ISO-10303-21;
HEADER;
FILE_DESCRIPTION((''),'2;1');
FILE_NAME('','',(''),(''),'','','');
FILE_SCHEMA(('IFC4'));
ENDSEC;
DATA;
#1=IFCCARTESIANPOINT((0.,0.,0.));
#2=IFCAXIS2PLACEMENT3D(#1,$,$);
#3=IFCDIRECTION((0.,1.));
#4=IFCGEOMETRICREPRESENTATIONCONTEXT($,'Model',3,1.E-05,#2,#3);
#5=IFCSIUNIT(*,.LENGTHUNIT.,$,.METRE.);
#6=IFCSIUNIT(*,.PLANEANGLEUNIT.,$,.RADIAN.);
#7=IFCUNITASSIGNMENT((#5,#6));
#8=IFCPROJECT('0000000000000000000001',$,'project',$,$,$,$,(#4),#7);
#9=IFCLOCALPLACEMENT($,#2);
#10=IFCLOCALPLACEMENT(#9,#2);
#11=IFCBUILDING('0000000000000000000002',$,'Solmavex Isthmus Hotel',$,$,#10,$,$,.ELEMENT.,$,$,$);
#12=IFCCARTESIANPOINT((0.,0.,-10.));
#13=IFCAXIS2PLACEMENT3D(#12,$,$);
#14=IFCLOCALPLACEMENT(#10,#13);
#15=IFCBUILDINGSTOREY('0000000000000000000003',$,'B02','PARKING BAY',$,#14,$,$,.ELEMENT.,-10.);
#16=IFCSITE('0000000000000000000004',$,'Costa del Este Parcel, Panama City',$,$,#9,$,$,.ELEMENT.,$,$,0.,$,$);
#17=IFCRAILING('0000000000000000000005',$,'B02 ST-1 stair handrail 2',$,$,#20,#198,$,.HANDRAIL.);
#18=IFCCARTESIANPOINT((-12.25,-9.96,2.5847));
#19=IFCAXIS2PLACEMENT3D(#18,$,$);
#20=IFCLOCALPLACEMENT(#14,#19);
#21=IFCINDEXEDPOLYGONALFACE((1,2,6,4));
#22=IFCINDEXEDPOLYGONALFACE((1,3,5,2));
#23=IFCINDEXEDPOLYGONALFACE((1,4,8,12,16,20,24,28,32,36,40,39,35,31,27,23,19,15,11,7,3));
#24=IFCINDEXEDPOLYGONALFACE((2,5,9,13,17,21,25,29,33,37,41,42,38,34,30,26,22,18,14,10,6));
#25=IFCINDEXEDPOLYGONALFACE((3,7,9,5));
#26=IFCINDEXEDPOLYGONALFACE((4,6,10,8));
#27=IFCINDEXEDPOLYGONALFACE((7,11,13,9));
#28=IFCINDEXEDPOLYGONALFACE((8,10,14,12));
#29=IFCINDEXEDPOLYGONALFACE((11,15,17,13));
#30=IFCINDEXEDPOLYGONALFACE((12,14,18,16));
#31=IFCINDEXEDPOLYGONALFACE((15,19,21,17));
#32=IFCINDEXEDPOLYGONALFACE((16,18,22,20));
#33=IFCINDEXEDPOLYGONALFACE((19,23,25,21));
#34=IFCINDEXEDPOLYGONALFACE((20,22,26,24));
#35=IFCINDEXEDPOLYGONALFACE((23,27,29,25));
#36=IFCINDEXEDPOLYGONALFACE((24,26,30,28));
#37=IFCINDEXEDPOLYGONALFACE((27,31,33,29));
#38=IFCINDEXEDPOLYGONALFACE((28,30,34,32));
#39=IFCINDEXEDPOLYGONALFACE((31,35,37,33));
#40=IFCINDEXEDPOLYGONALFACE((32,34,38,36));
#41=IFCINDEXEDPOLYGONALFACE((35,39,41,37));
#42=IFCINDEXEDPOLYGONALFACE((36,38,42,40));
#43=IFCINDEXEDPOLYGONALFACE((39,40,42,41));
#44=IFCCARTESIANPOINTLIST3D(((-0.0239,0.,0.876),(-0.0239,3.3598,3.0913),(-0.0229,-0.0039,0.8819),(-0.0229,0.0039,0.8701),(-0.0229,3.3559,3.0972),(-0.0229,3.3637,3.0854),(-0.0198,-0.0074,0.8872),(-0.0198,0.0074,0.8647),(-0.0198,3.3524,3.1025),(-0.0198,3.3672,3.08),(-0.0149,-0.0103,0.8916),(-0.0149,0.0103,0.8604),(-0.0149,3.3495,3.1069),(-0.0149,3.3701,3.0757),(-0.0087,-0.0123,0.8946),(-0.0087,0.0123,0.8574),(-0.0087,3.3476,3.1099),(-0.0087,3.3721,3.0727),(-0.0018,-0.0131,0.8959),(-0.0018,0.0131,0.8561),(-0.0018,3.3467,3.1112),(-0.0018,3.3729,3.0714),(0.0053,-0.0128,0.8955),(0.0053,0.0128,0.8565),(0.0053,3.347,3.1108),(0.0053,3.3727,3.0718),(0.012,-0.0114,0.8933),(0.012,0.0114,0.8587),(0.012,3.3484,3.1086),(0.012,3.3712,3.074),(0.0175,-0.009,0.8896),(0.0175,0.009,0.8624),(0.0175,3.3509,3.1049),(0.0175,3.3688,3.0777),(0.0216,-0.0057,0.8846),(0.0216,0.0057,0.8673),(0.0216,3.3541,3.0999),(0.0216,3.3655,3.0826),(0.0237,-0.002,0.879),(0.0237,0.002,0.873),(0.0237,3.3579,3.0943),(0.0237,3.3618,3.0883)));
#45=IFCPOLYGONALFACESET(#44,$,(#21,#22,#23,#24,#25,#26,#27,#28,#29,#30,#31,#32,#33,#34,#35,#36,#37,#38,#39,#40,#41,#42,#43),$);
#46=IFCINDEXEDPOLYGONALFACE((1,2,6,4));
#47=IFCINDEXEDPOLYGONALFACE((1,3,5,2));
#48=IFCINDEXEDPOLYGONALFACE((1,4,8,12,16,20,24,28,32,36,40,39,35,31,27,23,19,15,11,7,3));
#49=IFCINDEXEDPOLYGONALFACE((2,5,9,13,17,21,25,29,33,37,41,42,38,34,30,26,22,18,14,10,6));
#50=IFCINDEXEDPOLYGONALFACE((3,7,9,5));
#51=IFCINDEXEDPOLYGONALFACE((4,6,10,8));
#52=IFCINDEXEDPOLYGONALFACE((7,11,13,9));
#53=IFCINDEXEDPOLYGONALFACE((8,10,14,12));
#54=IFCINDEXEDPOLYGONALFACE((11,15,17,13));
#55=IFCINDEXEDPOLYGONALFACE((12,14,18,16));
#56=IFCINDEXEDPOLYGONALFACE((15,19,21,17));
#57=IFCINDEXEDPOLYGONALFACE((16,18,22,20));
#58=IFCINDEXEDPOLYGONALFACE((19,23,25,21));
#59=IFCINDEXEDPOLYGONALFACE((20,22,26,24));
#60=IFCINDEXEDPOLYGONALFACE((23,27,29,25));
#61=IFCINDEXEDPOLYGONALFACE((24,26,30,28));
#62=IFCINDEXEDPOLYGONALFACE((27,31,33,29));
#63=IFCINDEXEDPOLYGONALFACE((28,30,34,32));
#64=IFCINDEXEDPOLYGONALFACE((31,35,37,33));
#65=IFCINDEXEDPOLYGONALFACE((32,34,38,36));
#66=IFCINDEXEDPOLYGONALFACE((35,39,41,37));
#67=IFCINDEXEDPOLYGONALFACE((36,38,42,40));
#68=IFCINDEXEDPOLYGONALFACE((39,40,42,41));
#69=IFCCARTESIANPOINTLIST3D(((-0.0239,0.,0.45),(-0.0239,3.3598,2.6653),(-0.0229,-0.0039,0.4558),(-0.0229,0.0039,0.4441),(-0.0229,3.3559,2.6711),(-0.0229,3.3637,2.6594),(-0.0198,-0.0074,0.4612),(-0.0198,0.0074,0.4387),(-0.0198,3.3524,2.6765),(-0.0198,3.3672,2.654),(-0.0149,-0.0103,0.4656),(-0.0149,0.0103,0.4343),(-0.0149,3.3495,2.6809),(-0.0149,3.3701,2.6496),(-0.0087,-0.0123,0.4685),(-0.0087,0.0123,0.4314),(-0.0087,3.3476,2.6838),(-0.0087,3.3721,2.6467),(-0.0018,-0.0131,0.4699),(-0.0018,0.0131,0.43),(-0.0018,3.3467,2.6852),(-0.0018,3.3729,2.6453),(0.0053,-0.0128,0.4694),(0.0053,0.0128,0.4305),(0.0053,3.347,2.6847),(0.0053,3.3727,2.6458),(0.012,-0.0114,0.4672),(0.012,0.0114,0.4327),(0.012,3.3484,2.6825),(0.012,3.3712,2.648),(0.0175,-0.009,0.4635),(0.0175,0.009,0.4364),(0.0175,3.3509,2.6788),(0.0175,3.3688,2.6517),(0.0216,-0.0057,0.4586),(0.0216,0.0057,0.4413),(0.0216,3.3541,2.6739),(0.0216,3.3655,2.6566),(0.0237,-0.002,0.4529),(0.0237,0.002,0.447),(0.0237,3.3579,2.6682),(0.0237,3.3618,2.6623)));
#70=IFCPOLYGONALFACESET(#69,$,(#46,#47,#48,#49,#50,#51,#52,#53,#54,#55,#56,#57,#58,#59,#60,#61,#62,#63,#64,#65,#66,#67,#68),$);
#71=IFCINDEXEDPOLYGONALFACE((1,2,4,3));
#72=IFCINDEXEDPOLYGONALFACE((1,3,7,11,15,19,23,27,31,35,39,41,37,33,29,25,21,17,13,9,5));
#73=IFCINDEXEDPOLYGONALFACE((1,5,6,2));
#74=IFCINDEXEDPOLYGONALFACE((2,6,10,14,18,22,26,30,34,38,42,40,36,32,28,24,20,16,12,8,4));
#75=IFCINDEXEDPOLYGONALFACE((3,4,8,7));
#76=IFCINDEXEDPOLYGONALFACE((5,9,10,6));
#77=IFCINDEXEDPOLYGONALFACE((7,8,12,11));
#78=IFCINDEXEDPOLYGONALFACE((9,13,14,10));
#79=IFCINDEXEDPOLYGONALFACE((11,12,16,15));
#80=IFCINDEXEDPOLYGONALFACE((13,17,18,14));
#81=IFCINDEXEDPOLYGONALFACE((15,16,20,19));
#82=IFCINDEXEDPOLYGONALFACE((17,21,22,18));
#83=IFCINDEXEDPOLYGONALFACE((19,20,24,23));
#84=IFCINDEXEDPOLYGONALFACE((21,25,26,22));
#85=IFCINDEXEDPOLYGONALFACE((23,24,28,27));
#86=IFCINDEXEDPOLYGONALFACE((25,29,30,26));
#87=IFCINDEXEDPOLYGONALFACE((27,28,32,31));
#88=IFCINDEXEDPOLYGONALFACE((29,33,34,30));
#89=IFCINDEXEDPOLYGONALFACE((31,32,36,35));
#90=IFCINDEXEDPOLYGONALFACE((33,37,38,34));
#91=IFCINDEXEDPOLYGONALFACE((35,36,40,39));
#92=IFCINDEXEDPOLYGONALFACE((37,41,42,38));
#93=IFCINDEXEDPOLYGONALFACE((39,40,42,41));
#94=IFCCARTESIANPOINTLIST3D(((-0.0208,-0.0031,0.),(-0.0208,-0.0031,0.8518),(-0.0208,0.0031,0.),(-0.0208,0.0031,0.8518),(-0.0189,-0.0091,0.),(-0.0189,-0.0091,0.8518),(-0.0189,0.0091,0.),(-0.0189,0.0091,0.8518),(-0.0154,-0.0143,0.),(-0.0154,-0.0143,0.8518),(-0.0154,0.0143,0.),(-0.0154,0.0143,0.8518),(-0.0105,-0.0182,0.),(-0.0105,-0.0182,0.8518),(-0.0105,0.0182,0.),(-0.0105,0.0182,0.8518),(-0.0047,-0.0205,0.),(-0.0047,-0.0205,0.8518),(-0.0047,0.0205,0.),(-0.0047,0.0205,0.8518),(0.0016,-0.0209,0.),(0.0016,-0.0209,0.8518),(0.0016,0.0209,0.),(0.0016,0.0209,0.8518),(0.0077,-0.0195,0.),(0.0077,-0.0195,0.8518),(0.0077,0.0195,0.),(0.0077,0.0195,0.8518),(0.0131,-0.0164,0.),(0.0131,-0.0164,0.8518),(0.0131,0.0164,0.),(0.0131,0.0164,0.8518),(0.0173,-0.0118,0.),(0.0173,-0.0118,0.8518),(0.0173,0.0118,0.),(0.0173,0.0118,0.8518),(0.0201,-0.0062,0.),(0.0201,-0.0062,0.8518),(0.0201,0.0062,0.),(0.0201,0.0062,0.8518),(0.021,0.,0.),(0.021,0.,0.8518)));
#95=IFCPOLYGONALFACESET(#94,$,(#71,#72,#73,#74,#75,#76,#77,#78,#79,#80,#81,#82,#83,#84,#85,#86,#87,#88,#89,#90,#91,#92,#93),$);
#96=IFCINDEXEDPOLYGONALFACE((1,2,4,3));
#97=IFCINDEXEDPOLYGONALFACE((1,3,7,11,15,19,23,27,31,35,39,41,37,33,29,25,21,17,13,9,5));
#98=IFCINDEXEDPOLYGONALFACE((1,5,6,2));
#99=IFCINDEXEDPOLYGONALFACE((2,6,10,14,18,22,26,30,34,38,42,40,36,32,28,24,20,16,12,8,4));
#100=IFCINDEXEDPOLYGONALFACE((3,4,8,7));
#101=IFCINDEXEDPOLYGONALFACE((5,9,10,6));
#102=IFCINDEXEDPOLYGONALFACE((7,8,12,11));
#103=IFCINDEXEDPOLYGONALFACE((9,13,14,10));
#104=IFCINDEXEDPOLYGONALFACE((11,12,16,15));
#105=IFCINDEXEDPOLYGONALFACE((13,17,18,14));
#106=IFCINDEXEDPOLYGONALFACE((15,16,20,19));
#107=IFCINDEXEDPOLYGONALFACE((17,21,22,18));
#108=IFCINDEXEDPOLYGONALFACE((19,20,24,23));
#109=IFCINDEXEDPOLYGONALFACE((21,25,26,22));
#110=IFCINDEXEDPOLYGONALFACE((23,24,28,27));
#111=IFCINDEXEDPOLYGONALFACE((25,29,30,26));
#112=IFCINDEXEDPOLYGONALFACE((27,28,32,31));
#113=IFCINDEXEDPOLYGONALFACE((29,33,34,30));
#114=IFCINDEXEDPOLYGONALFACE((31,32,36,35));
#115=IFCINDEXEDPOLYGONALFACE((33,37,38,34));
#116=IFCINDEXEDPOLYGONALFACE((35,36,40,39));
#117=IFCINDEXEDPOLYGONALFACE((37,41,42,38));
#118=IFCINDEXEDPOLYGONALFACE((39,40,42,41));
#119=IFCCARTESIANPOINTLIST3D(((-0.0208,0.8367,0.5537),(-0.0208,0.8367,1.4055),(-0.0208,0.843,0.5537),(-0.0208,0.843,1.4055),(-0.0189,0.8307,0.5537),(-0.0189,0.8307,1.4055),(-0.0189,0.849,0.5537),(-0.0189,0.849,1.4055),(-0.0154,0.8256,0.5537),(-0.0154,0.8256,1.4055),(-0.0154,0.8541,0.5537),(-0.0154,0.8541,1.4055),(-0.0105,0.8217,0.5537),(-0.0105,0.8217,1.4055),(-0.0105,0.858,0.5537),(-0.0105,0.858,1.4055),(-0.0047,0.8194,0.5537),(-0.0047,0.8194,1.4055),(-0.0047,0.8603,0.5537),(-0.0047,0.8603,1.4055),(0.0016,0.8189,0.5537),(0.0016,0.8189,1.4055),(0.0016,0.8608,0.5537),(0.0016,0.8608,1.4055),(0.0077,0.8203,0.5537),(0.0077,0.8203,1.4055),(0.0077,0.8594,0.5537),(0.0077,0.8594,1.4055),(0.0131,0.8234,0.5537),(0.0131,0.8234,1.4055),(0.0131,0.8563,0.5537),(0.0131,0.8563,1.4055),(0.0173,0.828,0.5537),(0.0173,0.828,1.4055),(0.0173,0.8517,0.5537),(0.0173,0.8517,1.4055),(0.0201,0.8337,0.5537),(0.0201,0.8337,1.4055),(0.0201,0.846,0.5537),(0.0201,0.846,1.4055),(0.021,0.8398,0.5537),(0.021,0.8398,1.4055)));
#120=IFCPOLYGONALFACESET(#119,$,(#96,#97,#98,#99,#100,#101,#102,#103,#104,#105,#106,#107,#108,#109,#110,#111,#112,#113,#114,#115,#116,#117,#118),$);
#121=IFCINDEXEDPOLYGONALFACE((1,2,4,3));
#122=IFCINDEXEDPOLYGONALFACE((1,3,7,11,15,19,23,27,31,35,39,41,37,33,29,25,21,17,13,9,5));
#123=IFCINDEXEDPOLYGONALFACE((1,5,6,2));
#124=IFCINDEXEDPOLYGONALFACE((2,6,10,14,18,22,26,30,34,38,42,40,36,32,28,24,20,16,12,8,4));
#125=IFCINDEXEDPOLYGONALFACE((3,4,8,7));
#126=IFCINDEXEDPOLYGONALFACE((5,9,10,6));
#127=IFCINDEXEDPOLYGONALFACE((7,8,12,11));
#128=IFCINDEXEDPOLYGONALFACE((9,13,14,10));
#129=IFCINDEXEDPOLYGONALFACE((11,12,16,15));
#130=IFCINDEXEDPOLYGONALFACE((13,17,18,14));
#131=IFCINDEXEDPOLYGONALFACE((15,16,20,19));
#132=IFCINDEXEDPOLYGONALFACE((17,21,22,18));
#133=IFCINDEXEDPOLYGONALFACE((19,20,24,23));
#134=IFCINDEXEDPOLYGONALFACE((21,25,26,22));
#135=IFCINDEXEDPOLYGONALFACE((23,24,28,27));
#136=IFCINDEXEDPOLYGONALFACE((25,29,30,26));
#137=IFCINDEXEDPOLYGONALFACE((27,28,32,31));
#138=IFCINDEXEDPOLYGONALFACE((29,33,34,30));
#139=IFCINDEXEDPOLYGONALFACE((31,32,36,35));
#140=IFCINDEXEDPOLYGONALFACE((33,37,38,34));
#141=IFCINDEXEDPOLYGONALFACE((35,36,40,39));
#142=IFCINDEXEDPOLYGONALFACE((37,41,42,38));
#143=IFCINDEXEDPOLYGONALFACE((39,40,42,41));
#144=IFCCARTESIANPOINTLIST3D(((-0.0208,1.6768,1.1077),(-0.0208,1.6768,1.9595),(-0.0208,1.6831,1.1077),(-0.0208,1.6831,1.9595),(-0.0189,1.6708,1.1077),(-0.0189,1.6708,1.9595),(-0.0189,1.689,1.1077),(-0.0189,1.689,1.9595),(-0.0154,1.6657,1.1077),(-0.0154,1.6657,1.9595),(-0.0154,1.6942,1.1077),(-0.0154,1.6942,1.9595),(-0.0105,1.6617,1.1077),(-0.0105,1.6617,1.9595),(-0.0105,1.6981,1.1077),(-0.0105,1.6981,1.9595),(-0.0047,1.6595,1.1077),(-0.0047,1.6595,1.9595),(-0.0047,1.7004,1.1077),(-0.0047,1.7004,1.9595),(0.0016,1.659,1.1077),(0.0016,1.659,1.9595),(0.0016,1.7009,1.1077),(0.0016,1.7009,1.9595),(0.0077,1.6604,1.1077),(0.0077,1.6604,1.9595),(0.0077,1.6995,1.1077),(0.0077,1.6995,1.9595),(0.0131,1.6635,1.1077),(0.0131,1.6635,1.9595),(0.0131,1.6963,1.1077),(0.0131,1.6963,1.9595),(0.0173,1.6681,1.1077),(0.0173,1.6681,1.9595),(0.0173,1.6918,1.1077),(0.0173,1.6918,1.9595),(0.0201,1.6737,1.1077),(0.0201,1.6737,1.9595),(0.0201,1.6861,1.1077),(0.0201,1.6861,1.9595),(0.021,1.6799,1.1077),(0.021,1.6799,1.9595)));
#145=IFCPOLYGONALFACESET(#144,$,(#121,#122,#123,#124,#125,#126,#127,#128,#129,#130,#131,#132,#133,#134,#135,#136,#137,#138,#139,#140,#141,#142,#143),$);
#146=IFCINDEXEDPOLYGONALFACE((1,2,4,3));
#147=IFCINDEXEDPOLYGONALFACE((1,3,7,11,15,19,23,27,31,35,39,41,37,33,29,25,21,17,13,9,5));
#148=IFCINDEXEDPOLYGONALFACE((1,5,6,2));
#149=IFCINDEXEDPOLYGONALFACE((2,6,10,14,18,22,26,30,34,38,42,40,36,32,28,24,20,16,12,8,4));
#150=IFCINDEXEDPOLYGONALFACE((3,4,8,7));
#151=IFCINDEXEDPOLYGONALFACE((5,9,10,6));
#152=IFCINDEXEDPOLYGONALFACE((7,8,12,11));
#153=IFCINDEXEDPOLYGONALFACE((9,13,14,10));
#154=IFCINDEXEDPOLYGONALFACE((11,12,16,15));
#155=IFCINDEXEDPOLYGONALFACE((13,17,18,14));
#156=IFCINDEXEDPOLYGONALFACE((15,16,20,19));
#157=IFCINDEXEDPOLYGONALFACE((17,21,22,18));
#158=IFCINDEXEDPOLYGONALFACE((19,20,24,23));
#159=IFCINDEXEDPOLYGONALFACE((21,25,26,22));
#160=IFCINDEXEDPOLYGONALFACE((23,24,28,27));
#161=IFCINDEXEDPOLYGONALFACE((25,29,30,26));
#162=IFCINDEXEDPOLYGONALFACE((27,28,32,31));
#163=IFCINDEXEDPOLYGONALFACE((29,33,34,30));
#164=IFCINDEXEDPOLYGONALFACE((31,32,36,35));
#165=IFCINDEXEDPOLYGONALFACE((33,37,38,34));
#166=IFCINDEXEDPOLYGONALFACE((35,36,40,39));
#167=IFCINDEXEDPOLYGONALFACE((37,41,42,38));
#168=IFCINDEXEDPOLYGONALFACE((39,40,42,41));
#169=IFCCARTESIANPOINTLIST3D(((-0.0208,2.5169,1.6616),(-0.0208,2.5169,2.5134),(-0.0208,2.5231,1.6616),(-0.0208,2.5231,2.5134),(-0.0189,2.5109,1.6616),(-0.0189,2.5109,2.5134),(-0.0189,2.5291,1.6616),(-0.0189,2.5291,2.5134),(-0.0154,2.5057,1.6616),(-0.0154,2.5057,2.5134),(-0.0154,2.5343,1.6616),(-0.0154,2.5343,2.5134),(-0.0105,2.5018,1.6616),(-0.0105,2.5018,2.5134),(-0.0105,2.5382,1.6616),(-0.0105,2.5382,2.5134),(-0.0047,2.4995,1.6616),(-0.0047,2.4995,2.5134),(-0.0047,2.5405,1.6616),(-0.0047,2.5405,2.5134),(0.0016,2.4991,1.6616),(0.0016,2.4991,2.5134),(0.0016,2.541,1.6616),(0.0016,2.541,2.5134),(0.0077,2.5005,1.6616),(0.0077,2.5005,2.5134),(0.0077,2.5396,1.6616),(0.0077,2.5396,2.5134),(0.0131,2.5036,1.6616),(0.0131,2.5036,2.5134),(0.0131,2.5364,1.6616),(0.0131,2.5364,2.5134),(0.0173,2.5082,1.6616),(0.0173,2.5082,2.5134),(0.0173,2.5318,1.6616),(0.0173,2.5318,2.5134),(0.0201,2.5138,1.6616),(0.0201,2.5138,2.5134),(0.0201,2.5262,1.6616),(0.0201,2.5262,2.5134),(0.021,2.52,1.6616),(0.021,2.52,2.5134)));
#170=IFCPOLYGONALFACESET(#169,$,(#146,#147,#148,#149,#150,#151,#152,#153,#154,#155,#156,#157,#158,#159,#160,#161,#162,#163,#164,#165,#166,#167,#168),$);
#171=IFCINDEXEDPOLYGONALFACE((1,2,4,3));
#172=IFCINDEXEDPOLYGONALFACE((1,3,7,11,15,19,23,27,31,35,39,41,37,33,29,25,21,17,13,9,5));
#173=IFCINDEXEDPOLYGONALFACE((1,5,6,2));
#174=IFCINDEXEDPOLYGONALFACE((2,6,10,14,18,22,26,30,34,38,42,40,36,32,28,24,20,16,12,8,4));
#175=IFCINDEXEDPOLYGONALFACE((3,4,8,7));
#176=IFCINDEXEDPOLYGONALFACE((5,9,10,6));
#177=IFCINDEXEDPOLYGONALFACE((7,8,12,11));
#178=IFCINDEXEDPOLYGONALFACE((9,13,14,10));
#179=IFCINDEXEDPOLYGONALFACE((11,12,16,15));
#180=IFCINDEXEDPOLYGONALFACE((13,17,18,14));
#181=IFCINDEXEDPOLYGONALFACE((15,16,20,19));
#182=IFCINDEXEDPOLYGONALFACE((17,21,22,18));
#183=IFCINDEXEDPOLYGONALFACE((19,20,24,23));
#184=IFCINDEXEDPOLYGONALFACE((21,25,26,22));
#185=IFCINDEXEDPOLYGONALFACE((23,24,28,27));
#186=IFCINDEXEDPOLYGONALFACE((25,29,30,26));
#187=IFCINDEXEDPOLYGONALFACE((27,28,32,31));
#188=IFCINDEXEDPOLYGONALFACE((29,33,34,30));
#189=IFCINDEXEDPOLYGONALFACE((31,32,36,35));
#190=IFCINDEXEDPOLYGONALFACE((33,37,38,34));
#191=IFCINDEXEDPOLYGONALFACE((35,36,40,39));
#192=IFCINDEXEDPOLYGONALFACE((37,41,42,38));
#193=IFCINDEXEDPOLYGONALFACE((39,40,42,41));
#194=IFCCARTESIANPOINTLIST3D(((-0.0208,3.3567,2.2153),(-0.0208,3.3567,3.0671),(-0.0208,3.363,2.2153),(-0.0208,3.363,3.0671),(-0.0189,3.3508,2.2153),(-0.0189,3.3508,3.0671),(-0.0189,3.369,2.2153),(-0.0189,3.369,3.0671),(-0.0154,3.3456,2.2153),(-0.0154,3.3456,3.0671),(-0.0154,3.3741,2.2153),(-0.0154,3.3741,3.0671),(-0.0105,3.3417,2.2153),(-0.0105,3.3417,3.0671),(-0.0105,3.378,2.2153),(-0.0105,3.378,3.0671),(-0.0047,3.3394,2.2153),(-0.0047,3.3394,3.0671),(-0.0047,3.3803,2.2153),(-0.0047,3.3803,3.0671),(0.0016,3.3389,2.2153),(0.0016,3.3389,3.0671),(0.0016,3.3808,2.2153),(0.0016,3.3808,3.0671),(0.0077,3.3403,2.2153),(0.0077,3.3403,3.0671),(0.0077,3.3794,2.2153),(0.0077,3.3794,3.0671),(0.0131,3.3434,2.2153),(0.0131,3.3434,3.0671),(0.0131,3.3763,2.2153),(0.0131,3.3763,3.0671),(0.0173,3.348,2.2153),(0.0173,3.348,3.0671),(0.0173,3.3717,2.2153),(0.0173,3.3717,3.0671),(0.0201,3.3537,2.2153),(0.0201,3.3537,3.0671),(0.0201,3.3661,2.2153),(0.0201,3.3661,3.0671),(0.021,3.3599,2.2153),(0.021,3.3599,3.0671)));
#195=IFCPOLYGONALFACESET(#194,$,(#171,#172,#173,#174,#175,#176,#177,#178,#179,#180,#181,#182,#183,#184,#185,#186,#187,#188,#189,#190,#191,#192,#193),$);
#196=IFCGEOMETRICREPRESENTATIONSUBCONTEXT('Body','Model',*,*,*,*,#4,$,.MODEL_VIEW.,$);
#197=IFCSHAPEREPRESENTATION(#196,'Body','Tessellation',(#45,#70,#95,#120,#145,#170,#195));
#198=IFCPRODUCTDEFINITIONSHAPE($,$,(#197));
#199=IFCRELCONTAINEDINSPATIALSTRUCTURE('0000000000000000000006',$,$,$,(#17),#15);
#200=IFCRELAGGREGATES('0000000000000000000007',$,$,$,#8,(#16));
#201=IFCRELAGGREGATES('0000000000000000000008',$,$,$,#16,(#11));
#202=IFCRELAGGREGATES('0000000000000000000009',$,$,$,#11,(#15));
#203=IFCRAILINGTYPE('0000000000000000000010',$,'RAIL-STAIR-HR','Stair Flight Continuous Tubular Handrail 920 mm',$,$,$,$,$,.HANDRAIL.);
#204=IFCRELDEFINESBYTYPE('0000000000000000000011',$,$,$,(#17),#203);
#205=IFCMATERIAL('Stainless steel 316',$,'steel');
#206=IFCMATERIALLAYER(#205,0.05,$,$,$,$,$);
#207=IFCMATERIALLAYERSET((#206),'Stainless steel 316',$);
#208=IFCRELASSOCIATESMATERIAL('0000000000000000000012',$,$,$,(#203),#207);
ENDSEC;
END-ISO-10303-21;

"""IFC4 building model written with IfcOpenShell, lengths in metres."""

from ifc_helpers import new_model, si_unit, direction, frame, origin, origin_2d, place, context, subcontext, project, spatial, circle, extrude, material, layer, layer_set, type_object, element, save


model = new_model("IFC4")

# Units and contexts
model_context = context("Model", 3, precision=1e-05, world=origin(), true_north=direction((0.0, 1.0)))
body_context = subcontext(model_context, "Body", "Model", "MODEL_VIEW")
ifc_project = project(units=[si_unit("LENGTHUNIT", "METRE"), si_unit("PLANEANGLEUNIT", "RADIAN")], contexts=[model_context])

# Site, building, storey
site_placement = place(None, origin())
site = spatial("IfcSite", under=ifc_project, at=site_placement, Name="Costa del Este Parcel, Panama City", CompositionType="ELEMENT", RefElevation=0.0)
building_placement = place(site_placement, origin())
building = spatial("IfcBuilding", under=site, at=building_placement, Name="Solmavex Isthmus Hotel", CompositionType="ELEMENT")
storey_placement = place(building_placement, frame((0.0, 0.0, -10.0)))
storey = spatial("IfcBuildingStorey", under=building, at=storey_placement, Name="B02", Description="PARKING BAY", CompositionType="ELEMENT", Elevation=-10.0)

# Shared definitions
ifc_material_1 = material(Name="Stainless steel 316", Category="steel")

# Railing
ifc_layer_1 = layer(ifc_material_1, 0.05)
ifc_layer_set_1 = layer_set([ifc_layer_1], Name="Stainless steel 316")
railing_type_1 = type_object("IfcRailingType", Name="RAIL-STAIR-HR", Description="Stair Flight Continuous Tubular Handrail 920 mm", PredefinedType="HANDRAIL", material=ifc_layer_set_1)
railing_1_placement = place(storey_placement, frame((-12.25, -9.96, 2.5847)))
element("IfcRailing", 1, at=railing_1_placement, inside=storey, type_object=railing_type_1, Name="B02 ST-1 stair handrail 2", PredefinedType="HANDRAIL", context=body_context, shape_type="SweptSolid", body=[
    extrude(circle(Radius=0.0239, at=origin_2d()), frame((0.0, 0.0, 0.876), z_axis=(0.0, 0.834858, 0.550465), x_axis=(-1.0, 0.0, 0.0)), (0.0, 0.0, 1.0), 4.0244),
    extrude(circle(Radius=0.0239, at=origin_2d()), frame((0.0, 0.0, 0.45), z_axis=(0.0, 0.834858, 0.550465), x_axis=(-1.0, 0.0, 0.0)), (0.0, 0.0, 1.0), 4.0244),
    extrude(circle(Radius=0.021, at=origin_2d()), origin(), (0.0, 0.0, 1.0), 0.8518),
    extrude(circle(Radius=0.021, at=origin_2d()), frame((0.0, 0.8398, 0.5537)), (0.0, 0.0, 1.0), 0.8518),
    extrude(circle(Radius=0.021, at=origin_2d()), frame((0.0, 1.6799, 1.1077)), (0.0, 0.0, 1.0), 0.8518),
    extrude(circle(Radius=0.021, at=origin_2d()), frame((0.0, 2.52, 1.6616)), (0.0, 0.0, 1.0), 0.8518),
    extrude(circle(Radius=0.021, at=origin_2d()), frame((0.0, 3.3599, 2.2153)), (0.0, 0.0, 1.0), 0.8518),
])

save(model, "model.ifc")
